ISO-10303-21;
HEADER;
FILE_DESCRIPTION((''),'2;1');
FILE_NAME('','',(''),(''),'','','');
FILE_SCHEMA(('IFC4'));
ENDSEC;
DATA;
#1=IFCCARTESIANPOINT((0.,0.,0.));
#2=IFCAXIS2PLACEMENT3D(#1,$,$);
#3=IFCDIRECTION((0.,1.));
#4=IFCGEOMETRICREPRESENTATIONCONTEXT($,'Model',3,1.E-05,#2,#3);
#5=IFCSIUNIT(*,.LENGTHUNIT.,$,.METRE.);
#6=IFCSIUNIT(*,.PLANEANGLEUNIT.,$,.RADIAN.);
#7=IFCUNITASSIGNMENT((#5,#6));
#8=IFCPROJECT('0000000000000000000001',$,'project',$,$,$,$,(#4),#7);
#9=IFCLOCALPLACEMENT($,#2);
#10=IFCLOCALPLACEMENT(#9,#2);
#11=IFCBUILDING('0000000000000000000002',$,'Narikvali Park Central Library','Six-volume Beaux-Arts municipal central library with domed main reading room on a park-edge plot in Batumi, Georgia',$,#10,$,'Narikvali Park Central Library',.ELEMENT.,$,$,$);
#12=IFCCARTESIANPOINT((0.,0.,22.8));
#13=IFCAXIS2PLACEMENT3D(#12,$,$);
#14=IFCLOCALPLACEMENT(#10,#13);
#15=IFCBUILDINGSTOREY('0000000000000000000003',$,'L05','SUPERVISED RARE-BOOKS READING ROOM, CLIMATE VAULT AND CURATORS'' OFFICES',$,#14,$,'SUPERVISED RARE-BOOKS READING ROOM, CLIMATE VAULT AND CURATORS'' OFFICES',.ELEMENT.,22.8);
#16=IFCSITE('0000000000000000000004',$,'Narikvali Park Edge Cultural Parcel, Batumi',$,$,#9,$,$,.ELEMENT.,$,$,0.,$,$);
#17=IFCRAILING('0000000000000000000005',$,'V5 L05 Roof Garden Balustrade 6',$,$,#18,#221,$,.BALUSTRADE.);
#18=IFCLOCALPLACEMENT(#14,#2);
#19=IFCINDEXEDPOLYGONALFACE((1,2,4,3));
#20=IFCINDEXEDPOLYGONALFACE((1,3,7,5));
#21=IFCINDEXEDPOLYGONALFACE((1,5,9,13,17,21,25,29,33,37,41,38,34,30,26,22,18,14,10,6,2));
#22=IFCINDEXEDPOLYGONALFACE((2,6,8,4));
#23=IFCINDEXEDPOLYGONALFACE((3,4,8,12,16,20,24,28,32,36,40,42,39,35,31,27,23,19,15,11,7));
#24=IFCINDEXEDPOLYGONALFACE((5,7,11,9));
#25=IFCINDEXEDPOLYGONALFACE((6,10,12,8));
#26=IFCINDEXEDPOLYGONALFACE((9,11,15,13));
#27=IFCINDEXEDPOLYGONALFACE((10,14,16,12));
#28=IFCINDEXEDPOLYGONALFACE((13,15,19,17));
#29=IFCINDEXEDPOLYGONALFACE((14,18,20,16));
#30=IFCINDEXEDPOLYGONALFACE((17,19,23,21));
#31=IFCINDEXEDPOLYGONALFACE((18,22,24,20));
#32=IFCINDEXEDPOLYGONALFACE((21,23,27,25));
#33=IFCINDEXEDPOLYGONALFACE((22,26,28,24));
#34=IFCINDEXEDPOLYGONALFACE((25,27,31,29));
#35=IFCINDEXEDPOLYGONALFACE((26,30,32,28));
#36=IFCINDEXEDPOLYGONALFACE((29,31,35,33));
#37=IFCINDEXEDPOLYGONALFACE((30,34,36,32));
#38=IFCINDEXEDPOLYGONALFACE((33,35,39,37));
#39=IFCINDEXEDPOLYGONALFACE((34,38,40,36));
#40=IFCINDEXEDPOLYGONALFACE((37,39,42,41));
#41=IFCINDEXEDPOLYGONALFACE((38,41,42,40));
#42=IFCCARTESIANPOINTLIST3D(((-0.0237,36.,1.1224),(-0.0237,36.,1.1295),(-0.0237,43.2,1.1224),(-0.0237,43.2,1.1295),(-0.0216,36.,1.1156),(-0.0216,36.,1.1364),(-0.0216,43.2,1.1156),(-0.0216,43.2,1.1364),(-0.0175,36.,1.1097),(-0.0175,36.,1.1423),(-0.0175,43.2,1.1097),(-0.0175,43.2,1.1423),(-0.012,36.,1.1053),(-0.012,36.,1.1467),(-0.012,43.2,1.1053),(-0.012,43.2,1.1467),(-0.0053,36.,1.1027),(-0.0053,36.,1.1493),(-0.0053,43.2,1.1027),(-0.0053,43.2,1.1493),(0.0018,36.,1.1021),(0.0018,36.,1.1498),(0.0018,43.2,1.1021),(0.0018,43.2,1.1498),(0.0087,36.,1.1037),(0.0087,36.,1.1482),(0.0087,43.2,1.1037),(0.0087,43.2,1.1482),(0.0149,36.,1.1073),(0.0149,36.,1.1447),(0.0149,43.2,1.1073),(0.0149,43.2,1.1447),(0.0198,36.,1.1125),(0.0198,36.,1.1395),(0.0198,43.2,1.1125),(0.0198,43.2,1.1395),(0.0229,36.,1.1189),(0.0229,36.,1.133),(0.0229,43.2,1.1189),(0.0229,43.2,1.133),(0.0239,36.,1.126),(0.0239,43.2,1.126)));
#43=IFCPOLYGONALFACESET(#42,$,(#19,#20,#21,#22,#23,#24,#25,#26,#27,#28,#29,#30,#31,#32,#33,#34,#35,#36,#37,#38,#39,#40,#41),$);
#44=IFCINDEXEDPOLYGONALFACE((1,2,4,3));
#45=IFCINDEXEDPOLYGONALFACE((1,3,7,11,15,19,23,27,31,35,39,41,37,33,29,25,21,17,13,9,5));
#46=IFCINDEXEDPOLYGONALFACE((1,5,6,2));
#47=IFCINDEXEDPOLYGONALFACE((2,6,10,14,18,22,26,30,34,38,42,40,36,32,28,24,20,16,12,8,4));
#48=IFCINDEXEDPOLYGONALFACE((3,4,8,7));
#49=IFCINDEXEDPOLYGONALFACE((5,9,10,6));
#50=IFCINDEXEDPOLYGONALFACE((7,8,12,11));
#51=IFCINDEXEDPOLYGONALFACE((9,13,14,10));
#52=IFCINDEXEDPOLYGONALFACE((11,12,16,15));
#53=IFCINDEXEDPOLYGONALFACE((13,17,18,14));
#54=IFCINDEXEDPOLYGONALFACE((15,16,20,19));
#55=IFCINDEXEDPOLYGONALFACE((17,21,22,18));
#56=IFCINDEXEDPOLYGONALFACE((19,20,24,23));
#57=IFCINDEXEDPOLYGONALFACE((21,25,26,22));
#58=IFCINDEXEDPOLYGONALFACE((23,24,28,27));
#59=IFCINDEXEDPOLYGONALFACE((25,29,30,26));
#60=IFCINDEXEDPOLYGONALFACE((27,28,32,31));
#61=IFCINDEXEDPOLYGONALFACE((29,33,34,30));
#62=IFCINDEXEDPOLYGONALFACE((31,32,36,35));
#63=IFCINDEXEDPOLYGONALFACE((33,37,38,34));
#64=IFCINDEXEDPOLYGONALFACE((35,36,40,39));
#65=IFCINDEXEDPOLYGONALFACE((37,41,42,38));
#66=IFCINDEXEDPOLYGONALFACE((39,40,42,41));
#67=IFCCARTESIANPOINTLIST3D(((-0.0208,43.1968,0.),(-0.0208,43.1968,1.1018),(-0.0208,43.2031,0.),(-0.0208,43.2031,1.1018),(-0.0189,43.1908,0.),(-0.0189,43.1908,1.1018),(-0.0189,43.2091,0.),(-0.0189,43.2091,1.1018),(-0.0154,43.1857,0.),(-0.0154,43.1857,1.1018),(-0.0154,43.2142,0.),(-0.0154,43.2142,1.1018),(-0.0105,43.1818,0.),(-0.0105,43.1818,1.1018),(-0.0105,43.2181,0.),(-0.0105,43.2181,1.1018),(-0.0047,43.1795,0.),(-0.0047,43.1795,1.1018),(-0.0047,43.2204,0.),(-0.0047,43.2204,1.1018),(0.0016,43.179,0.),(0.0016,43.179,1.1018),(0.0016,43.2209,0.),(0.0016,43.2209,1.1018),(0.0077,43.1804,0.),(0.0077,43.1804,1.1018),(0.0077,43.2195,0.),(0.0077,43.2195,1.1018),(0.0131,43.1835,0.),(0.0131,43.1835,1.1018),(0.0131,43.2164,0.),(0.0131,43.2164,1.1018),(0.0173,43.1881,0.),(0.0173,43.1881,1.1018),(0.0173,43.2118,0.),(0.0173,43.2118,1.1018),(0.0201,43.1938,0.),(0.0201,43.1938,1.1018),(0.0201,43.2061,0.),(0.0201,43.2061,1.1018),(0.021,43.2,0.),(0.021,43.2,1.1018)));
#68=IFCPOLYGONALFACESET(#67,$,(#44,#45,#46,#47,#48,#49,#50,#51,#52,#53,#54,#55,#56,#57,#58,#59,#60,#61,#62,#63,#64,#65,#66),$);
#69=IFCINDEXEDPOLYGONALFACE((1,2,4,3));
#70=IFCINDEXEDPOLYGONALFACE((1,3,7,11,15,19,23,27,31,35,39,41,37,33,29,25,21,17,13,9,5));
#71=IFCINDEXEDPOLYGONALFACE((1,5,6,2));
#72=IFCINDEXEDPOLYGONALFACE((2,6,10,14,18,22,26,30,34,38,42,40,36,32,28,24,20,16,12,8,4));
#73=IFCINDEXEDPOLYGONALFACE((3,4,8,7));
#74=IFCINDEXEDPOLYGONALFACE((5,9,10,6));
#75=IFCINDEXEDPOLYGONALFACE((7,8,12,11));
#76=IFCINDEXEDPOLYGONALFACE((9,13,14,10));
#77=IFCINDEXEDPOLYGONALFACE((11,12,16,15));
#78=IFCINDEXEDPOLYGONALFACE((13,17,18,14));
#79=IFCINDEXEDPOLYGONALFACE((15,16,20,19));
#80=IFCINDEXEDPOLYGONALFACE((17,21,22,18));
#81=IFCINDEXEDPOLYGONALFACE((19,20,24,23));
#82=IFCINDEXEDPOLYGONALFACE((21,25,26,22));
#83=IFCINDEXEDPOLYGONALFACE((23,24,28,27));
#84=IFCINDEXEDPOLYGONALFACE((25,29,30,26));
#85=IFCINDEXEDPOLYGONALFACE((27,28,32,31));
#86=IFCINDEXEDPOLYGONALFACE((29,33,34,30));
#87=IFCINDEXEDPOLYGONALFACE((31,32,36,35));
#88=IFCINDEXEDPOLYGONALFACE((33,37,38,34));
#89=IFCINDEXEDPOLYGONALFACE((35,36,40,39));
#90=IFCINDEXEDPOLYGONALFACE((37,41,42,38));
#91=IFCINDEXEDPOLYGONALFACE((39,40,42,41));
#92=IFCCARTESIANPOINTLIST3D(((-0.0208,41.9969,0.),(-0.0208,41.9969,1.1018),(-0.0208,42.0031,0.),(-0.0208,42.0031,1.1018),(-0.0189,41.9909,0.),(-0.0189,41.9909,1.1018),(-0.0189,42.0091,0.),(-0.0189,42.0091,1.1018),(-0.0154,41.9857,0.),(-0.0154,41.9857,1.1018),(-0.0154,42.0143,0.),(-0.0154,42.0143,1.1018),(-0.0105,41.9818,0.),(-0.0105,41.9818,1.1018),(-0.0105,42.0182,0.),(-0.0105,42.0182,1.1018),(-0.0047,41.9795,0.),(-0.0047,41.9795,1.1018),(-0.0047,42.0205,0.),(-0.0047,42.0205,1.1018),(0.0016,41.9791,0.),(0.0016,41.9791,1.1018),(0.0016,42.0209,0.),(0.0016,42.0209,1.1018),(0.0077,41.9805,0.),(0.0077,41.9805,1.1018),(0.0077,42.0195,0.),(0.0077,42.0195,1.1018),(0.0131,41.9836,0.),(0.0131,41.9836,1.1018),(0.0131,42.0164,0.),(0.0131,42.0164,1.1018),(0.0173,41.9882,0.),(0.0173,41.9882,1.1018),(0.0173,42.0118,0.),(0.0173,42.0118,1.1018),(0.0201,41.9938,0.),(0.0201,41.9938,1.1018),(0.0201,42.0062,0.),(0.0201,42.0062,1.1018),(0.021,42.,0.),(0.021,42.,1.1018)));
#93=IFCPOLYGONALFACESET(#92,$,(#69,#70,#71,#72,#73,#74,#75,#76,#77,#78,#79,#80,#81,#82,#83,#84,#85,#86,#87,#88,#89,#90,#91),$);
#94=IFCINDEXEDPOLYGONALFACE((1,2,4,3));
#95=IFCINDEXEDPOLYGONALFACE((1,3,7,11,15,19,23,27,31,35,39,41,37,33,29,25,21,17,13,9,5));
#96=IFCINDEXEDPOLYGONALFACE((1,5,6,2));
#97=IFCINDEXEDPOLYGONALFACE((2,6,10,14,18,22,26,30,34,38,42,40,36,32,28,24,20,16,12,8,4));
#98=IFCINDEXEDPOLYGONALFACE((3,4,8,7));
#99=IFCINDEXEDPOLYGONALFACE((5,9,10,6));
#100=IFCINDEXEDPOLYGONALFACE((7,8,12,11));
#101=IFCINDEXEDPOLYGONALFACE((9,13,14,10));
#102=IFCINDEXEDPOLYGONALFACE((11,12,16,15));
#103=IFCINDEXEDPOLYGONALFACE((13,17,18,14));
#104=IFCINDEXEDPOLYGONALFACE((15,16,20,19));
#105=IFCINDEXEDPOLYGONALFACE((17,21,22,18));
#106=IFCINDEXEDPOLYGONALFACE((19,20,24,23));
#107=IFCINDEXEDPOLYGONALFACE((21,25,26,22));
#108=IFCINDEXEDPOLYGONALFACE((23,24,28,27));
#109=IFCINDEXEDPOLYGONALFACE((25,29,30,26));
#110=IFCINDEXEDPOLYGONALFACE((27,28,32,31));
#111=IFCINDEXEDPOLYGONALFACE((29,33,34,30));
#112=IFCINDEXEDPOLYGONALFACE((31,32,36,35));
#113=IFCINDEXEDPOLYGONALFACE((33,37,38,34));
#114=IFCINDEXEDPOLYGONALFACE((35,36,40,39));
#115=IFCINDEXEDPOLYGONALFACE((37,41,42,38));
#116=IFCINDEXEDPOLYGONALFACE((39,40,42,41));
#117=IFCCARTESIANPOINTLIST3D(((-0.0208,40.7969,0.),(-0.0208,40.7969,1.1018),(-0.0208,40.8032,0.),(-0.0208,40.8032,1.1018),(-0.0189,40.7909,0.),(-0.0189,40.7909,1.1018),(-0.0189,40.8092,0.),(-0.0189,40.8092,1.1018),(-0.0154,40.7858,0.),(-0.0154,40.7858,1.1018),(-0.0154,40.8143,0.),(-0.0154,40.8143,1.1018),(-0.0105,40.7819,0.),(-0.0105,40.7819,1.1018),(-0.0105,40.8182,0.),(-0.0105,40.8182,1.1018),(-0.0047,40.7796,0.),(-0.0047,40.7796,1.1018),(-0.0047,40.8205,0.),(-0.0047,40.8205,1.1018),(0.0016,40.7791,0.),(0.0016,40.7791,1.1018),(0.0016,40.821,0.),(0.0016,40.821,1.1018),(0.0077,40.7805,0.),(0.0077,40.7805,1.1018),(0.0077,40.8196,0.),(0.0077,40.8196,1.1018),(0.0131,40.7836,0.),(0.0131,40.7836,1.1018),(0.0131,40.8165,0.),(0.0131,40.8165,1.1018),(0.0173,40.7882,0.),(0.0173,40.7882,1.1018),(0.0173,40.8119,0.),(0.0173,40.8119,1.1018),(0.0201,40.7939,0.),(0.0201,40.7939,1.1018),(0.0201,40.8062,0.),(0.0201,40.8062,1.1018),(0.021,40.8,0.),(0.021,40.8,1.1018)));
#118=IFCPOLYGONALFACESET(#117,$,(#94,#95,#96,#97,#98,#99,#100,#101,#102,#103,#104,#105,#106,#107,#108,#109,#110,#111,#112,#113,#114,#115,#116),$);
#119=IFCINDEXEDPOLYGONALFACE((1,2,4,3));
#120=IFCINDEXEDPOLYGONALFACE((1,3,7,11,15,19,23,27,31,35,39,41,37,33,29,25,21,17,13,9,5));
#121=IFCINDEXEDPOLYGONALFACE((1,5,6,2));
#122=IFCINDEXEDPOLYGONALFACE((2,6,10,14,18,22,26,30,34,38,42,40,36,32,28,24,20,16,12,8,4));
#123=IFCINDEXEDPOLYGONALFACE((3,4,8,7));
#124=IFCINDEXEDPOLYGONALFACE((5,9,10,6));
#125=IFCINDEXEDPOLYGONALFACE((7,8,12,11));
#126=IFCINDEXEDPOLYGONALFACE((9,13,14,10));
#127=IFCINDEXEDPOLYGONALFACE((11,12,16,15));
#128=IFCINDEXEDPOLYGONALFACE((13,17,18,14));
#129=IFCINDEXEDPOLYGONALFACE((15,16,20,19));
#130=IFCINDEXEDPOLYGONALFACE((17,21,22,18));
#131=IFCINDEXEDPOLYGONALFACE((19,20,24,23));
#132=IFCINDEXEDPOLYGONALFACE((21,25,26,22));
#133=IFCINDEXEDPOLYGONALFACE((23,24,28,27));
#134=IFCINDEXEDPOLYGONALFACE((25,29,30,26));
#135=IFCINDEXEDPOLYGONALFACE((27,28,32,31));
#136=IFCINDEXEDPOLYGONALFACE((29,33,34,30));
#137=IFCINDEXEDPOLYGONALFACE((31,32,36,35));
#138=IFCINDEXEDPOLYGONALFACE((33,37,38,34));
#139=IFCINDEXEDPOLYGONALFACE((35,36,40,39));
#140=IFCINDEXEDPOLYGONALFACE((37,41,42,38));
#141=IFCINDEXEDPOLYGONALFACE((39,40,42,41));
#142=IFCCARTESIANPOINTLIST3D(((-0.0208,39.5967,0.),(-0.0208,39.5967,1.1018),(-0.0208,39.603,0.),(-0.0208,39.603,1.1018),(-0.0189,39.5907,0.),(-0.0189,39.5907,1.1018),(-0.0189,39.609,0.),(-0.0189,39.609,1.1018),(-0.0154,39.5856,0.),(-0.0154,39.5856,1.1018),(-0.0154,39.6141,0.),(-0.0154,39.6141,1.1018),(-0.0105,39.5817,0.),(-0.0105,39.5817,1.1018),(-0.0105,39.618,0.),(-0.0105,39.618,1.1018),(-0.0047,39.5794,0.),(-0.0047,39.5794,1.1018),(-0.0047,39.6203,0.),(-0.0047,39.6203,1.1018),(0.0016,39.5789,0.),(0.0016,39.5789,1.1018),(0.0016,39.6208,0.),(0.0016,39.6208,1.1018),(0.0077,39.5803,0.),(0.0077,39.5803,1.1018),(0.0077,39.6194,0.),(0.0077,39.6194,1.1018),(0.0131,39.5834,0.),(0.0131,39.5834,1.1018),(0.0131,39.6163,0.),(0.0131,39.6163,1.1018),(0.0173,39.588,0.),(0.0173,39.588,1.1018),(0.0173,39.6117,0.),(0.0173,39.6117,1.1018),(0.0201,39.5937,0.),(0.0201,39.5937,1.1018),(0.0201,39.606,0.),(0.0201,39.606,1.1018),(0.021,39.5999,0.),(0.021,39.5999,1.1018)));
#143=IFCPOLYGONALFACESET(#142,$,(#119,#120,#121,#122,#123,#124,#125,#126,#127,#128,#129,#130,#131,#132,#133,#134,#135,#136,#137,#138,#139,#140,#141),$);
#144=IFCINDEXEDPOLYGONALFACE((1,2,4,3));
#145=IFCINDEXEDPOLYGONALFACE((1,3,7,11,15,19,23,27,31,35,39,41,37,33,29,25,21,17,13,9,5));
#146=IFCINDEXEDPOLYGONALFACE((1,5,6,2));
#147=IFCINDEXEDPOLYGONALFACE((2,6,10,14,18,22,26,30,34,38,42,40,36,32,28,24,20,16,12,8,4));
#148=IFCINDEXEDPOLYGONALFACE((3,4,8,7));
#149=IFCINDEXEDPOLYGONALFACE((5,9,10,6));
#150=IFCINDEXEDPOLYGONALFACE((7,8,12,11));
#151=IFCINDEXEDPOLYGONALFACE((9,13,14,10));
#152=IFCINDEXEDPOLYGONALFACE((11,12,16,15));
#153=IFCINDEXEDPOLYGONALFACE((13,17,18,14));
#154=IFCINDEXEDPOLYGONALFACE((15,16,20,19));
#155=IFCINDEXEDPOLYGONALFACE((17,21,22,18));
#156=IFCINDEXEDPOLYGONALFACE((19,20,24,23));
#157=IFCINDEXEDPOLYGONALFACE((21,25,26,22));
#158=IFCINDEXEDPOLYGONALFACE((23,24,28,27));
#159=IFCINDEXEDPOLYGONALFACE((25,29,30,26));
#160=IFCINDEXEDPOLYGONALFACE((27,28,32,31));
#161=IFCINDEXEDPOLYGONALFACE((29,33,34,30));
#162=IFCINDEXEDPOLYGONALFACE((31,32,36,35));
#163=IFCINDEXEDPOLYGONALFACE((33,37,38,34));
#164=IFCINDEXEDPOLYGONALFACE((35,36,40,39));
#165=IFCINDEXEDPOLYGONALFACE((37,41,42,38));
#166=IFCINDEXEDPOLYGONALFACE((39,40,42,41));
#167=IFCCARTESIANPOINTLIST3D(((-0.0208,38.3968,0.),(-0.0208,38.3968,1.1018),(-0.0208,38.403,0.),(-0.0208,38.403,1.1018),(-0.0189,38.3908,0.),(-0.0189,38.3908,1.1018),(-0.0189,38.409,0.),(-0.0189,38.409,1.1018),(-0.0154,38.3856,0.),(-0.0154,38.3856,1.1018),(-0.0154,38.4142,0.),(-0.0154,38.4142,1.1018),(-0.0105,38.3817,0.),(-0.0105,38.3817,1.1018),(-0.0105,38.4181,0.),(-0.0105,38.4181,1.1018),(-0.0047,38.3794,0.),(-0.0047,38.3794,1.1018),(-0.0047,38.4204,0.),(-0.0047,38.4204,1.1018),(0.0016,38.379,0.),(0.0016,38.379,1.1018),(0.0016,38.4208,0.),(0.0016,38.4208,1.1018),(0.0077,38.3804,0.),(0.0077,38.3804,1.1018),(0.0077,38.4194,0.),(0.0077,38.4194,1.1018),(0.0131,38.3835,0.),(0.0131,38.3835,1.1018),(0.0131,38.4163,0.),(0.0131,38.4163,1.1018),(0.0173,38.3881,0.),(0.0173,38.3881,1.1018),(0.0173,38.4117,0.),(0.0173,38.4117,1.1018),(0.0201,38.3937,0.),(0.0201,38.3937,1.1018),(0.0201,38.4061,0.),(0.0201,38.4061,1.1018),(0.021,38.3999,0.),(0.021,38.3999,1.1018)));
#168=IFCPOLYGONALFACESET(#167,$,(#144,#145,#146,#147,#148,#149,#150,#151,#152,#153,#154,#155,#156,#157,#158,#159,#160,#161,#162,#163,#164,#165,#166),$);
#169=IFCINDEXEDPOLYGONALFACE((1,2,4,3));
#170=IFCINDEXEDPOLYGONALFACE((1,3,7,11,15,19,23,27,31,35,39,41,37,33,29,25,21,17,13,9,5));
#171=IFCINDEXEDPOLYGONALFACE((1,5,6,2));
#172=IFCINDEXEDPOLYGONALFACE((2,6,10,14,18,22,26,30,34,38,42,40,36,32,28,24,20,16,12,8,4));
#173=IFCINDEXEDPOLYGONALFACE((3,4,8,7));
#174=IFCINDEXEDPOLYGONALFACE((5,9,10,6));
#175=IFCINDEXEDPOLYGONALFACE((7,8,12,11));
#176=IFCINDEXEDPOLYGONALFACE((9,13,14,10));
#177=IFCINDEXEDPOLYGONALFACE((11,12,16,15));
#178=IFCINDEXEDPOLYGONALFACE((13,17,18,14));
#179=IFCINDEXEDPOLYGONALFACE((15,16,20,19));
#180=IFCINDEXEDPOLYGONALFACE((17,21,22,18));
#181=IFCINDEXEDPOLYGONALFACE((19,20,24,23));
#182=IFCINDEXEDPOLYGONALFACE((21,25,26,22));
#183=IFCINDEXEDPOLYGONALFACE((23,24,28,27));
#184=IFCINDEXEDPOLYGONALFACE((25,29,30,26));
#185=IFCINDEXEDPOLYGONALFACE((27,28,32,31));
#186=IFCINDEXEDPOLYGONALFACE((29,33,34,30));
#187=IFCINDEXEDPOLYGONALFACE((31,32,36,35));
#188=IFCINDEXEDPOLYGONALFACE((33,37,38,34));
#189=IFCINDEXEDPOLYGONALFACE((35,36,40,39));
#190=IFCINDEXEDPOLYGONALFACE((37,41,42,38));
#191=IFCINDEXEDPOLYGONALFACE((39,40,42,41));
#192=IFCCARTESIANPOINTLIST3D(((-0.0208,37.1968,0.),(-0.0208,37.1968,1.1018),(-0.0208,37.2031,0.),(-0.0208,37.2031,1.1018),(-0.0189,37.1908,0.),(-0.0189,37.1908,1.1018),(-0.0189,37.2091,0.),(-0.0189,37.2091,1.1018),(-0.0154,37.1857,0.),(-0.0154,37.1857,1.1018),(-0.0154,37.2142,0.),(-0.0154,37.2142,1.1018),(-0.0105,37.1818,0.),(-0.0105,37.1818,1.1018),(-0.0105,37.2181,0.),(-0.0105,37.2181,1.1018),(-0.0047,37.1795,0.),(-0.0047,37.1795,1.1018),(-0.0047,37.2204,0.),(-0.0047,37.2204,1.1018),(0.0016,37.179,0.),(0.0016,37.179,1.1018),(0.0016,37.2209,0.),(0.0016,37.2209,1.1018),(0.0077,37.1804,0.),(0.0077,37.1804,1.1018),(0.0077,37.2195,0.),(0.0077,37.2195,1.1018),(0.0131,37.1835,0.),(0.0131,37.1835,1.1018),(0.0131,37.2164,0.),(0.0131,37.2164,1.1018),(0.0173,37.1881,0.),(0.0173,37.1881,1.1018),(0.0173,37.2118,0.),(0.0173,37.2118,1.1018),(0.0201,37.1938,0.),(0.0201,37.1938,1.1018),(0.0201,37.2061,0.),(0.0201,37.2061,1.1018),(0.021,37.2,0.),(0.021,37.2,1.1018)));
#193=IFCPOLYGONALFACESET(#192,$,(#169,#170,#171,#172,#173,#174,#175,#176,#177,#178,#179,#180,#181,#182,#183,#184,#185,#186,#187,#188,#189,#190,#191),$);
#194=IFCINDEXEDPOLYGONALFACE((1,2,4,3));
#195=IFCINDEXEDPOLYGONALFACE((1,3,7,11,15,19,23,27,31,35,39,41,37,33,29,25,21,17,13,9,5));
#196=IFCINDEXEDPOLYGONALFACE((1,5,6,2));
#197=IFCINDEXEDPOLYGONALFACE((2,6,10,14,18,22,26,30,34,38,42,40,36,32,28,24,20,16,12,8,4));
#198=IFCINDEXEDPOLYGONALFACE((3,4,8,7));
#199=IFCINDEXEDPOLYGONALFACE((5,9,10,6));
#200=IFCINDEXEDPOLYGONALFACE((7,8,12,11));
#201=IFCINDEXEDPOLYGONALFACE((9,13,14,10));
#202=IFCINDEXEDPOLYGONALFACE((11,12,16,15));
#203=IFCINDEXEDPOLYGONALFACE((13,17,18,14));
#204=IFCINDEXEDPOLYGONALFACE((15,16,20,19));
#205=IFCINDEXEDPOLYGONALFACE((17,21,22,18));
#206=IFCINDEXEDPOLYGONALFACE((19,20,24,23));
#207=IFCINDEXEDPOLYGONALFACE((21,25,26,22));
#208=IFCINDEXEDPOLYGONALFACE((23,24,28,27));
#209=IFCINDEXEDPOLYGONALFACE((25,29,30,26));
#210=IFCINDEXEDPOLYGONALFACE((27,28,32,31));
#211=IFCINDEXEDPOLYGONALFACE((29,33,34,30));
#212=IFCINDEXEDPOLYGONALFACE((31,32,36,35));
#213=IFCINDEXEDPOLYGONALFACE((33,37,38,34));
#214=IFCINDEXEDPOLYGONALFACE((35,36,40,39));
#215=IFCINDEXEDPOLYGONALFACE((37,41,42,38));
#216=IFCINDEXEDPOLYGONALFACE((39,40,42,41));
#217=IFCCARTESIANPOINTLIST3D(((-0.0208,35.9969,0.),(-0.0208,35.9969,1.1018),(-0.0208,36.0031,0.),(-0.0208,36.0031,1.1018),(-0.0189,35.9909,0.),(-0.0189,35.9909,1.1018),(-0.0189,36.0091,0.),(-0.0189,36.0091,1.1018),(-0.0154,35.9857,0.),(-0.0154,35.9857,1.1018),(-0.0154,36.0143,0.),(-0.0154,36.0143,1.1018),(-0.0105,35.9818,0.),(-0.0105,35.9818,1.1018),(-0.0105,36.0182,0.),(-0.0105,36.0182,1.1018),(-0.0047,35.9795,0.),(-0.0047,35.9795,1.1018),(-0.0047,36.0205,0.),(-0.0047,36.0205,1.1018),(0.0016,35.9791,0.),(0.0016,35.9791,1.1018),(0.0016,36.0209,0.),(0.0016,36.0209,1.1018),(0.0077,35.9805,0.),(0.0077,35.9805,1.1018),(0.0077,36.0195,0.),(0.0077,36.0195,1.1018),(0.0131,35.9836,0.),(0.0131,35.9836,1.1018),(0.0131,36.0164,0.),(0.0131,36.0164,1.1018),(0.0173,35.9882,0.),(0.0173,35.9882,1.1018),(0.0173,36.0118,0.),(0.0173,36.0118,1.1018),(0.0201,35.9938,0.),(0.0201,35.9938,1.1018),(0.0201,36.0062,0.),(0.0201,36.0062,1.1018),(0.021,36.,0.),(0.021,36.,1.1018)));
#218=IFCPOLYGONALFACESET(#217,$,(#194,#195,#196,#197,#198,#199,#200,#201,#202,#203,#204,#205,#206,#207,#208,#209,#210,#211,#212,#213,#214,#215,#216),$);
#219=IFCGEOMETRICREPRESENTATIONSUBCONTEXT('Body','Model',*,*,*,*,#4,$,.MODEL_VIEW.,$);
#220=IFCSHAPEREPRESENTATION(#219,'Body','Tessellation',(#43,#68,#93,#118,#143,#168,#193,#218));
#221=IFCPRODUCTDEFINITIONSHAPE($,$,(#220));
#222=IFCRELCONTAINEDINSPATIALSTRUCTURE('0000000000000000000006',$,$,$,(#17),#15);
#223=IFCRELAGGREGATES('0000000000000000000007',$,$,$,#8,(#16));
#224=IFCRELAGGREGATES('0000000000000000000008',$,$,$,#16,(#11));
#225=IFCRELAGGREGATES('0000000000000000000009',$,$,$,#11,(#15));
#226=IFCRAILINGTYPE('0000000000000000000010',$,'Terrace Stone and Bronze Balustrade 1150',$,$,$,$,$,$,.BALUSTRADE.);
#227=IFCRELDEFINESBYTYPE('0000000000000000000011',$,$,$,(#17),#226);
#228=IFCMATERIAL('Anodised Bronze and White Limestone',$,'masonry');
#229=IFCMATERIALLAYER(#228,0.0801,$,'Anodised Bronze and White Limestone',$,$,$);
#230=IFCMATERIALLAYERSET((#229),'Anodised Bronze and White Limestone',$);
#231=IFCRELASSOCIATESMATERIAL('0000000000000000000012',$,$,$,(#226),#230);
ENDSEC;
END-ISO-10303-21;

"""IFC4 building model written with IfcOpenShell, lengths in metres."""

from ifc_helpers import new_model, si_unit, direction, frame, origin, origin_2d, place, context, subcontext, project, spatial, circle, extrude, material, layer, layer_set, type_object, element, save


model = new_model("IFC4")

# Units and contexts
model_context = context("Model", 3, precision=1e-05, world=origin(), true_north=direction((0.0, 1.0)))
body_context = subcontext(model_context, "Body", "Model", "MODEL_VIEW")
ifc_project = project(units=[si_unit("LENGTHUNIT", "METRE"), si_unit("PLANEANGLEUNIT", "RADIAN")], contexts=[model_context])

# Site, building, storey
site_placement = place(None, origin())
site = spatial("IfcSite", under=ifc_project, at=site_placement, Name="Narikvali Park Edge Cultural Parcel, Batumi", CompositionType="ELEMENT", RefElevation=0.0)
building_placement = place(site_placement, origin())
building = spatial("IfcBuilding", under=site, at=building_placement, Name="Narikvali Park Central Library", Description="Six-volume Beaux-Arts municipal central library with domed main reading room on a park-edge plot in Batumi, Georgia", LongName="Narikvali Park Central Library", CompositionType="ELEMENT")
storey_placement = place(building_placement, frame((0.0, 0.0, 22.8)))
storey = spatial("IfcBuildingStorey", under=building, at=storey_placement, Name="L05", Description="SUPERVISED RARE-BOOKS READING ROOM, CLIMATE VAULT AND CURATORS' OFFICES", LongName="SUPERVISED RARE-BOOKS READING ROOM, CLIMATE VAULT AND CURATORS' OFFICES", CompositionType="ELEMENT", Elevation=22.8)

# Railing
ifc_material_1 = material(Name="Anodised Bronze and White Limestone", Category="masonry")
ifc_layer_1 = layer(ifc_material_1, 0.0801, Name="Anodised Bronze and White Limestone")
ifc_layer_set_1 = layer_set([ifc_layer_1], Name="Anodised Bronze and White Limestone")
railing_type = type_object("IfcRailingType", Name="Terrace Stone and Bronze Balustrade 1150", PredefinedType="BALUSTRADE", material=ifc_layer_set_1)
railing_placement = place(storey_placement, frame((0.0, 43.2, 0.0)))
element("IfcRailing", 1, at=railing_placement, inside=storey, type_object=railing_type, Name="V5 L05 Roof Garden Balustrade 6", PredefinedType="BALUSTRADE", context=body_context, shape_type="SweptSolid", body=[
    extrude(circle(Radius=0.0239, at=origin_2d()), frame((0.0, 0.0, 1.126), z_axis=(0.0, -1.0, 0.0), x_axis=(1.0, 0.0, 0.0)), (0.0, 0.0, 1.0), 7.2),
    extrude(circle(Radius=0.021, at=origin_2d()), origin(), (0.0, 0.0, 1.0), 1.1018),
    extrude(circle(Radius=0.021, at=origin_2d()), frame((0.0, -1.2, 0.0)), (0.0, 0.0, 1.0), 1.1018),
    extrude(circle(Radius=0.021, at=origin_2d()), frame((0.0, -2.3999, 0.0)), (0.0, 0.0, 1.0), 1.1018),
    extrude(circle(Radius=0.021, at=origin_2d()), frame((0.0, -3.6001, 0.0)), (0.0, 0.0, 1.0), 1.1018),
    extrude(circle(Radius=0.021, at=origin_2d()), frame((0.0, -4.8, 0.0)), (0.0, 0.0, 1.0), 1.1018),
    extrude(circle(Radius=0.021, at=origin_2d()), frame((0.0, -6.0, 0.0)), (0.0, 0.0, 1.0), 1.1018),
    extrude(circle(Radius=0.021, at=origin_2d()), frame((0.0, -7.2, 0.0)), (0.0, 0.0, 1.0), 1.1018),
])

save(model, "model.ifc")
